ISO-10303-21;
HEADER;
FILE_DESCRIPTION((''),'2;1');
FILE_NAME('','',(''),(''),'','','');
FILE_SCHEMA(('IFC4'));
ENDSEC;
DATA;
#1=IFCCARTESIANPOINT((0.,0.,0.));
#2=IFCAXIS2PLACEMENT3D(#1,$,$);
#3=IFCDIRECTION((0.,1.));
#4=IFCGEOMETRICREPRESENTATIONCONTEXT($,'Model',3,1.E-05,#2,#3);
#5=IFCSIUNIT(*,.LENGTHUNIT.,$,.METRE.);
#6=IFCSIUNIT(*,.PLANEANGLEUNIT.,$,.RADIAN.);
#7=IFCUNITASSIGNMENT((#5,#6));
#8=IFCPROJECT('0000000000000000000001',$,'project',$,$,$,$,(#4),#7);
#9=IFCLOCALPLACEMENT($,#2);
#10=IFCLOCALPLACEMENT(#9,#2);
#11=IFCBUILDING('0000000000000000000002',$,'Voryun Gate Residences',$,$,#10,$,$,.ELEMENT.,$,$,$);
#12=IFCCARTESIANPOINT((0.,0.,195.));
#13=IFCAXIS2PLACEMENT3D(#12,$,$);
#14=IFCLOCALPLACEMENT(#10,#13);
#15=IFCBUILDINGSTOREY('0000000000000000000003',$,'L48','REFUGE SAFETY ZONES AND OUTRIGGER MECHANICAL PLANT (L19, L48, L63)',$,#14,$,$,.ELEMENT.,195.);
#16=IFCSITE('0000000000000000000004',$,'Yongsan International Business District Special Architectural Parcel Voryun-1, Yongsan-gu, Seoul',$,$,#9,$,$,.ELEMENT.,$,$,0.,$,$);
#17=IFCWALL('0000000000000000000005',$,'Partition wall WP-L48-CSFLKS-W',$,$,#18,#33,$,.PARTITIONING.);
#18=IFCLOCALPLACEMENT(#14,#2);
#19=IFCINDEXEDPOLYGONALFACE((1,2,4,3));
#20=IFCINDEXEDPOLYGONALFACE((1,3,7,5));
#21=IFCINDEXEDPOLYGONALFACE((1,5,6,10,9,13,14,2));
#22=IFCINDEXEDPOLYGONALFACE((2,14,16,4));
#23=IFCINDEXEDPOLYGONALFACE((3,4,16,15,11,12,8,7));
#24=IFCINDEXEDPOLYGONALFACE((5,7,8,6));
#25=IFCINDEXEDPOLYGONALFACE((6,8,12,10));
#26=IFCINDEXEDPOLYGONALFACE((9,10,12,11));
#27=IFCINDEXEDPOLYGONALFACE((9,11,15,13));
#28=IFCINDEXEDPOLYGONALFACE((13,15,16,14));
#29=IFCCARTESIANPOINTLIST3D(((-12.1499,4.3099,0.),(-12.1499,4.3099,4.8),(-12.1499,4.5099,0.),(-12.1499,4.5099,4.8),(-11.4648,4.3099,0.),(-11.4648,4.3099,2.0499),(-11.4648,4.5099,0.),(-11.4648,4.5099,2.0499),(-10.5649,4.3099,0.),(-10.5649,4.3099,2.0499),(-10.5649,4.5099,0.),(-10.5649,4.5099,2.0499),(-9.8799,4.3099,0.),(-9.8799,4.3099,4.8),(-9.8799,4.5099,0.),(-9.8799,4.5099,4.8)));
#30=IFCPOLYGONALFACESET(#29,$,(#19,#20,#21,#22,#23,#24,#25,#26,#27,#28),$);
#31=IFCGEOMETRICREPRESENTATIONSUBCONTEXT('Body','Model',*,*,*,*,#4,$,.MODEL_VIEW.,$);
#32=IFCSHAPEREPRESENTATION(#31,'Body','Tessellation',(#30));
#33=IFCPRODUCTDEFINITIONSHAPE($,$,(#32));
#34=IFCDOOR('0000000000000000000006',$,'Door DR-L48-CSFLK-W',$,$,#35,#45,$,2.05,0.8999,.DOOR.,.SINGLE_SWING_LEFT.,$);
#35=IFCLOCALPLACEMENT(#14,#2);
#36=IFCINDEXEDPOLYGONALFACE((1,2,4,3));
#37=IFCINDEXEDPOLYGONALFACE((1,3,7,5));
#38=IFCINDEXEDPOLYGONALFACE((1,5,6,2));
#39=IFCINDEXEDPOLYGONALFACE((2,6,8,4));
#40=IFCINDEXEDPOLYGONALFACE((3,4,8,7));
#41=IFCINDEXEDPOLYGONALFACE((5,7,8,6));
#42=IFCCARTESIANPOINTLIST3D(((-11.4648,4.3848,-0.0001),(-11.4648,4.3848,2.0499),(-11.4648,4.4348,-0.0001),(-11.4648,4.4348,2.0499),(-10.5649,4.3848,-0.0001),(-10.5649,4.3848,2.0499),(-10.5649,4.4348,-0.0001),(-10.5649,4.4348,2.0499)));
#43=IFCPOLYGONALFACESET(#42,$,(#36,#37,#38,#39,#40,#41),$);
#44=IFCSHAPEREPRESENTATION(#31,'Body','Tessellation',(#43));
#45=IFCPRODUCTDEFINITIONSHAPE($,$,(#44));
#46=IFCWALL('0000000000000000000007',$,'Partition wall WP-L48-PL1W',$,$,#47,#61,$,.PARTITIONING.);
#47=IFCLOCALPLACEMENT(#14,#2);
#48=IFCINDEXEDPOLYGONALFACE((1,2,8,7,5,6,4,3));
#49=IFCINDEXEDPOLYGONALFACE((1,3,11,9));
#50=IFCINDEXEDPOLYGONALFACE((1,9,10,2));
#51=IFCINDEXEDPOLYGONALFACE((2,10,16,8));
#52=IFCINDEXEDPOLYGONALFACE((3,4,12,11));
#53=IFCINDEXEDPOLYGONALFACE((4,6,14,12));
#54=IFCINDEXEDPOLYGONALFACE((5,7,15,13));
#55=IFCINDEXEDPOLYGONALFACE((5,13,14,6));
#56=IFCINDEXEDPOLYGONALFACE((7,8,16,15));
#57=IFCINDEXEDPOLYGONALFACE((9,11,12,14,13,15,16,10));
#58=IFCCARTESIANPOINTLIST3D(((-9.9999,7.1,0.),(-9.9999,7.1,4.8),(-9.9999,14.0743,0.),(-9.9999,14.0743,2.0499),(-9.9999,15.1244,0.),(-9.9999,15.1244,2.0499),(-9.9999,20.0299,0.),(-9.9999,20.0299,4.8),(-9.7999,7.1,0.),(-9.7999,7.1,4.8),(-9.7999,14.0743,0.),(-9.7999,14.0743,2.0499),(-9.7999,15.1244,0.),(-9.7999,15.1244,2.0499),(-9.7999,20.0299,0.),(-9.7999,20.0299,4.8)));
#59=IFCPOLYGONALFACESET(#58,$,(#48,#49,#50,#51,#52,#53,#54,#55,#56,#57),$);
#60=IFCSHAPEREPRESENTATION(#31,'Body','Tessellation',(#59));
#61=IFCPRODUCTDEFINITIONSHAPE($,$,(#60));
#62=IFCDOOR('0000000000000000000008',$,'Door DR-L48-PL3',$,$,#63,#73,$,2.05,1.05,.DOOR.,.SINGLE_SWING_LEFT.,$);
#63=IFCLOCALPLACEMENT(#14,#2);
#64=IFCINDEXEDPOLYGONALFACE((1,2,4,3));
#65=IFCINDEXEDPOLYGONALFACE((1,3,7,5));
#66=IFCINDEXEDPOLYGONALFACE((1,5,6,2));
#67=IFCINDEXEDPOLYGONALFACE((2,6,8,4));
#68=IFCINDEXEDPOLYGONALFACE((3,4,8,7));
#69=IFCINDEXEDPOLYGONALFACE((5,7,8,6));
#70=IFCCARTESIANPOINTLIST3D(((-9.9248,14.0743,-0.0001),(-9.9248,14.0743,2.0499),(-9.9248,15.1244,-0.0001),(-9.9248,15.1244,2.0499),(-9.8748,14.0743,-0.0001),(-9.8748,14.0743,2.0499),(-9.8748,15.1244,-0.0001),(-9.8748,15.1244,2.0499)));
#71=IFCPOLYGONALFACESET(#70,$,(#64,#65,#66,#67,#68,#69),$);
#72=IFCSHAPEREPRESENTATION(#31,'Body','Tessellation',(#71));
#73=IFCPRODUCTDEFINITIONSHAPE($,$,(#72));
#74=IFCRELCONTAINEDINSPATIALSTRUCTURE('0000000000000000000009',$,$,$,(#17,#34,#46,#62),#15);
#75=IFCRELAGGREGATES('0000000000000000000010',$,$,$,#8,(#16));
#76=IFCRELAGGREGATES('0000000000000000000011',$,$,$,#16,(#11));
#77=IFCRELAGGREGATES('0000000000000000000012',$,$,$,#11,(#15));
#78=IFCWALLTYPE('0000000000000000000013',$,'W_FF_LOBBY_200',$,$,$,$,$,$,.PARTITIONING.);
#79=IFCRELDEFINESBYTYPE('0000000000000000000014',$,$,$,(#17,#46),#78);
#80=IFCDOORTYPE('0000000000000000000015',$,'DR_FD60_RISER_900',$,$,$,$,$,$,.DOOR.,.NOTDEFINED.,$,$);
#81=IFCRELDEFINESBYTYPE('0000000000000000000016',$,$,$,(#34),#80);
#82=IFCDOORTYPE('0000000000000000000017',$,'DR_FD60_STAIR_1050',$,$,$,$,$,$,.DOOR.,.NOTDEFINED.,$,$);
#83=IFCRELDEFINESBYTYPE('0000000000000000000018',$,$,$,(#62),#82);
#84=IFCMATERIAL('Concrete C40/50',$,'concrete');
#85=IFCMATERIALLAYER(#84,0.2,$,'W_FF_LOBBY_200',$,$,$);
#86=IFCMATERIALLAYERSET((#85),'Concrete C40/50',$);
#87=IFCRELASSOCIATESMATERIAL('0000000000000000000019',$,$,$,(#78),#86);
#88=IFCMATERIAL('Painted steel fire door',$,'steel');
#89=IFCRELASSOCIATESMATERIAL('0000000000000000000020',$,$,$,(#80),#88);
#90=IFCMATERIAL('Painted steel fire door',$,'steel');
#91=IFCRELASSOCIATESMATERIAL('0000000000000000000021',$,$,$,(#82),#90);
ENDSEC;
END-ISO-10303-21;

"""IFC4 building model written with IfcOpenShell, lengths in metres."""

from ifc_helpers import new_model, si_unit, direction, frame, frame_2d, origin, place, context, subcontext, project, spatial, rectangle, extrude, material, layer, layer_set, type_object, element, fill, save


model = new_model("IFC4")

# Units and contexts
model_context = context("Model", 3, precision=1e-05, world=origin(), true_north=direction((0.0, 1.0)))
body_context = subcontext(model_context, "Body", "Model", "MODEL_VIEW")
ifc_project = project(units=[si_unit("LENGTHUNIT", "METRE"), si_unit("PLANEANGLEUNIT", "RADIAN")], contexts=[model_context])

# Site, building, storey
site_placement = place(None, origin())
site = spatial("IfcSite", under=ifc_project, at=site_placement, Name="Yongsan International Business District Special Architectural Parcel Voryun-1, Yongsan-gu, Seoul", CompositionType="ELEMENT", RefElevation=0.0)
building_placement = place(site_placement, origin())
building = spatial("IfcBuilding", under=site, at=building_placement, Name="Voryun Gate Residences", CompositionType="ELEMENT")
storey_placement = place(building_placement, frame((0.0, 0.0, 195.0)))
storey = spatial("IfcBuildingStorey", under=building, at=storey_placement, Name="L48", Description="REFUGE SAFETY ZONES AND OUTRIGGER MECHANICAL PLANT (L19, L48, L63)", CompositionType="ELEMENT", Elevation=195.0)

# Walls, openings, doors
ifc_material_1 = material(Name="Concrete C40/50", Category="concrete")
ifc_layer_1 = layer(ifc_material_1, 0.2, Name="W_FF_LOBBY_200")
ifc_layer_set_1 = layer_set([ifc_layer_1], Name="Concrete C40/50")
wall_type_1 = type_object("IfcWallType", Name="W_FF_LOBBY_200", PredefinedType="PARTITIONING", material=ifc_layer_set_1)
wall_1_placement = place(storey_placement, frame((-12.1499, 4.4099, 0.0), z_axis=(0.0, 0.0, 1.0), x_axis=(1.0, 0.0, 0.0)))
wall_1 = element("IfcWall", 1, at=wall_1_placement, inside=storey, type_object=wall_type_1, Name="Partition wall WP-L48-CSFLKS-W", PredefinedType="PARTITIONING", context=body_context, shape_type="SweptSolid", body=[
    extrude(rectangle(XDim=2.27, YDim=0.2, at=frame_2d((1.135, 0.0))), origin(), (0.0, 0.0, 1.0), 4.8),
])
opening_1_placement = place(wall_1_placement, frame((0.6851, 0.0, 0.0)))
opening_1 = element("IfcOpeningElement", 2, at=opening_1_placement, cuts=wall_1, PredefinedType="OPENING", context=body_context, shape_type="SweptSolid", body=[
    extrude(rectangle(XDim=0.8999, YDim=2.05, at=frame_2d((0.45, 1.0249))), frame((0.0, 0.1101, 0.0), z_axis=(0.0, -1.0, 0.0), x_axis=(1.0, 0.0, 0.0)), (0.0, 0.0, 1.0), 0.22),
])
ifc_material_2 = material(Name="Painted steel fire door", Category="steel")
door_type_1 = type_object("IfcDoorType", Name="DR_FD60_RISER_900", OperationType="NOTDEFINED", PredefinedType="DOOR", material=ifc_material_2)
door_1_placement = place(opening_1_placement, origin())
door_1 = element("IfcDoor", 3, at=door_1_placement, inside=storey, type_object=door_type_1, Name="Door DR-L48-CSFLK-W", OperationType="SINGLE_SWING_LEFT", OverallHeight=2.05, OverallWidth=0.8999, PredefinedType="DOOR", context=body_context, shape_type="SweptSolid", body=[
    extrude(rectangle(XDim=0.8999, YDim=2.05, at=frame_2d((0.45, 1.0249))), frame((0.0, 0.0249, 0.0), z_axis=(0.0, -1.0, 0.0), x_axis=(1.0, 0.0, 0.0)), (0.0, 0.0, 1.0), 0.05),
])
fill(opening_1, door_1)
wall_2_placement = place(storey_placement, frame((-9.8999, 7.1001, 0.0), z_axis=(0.0, 0.0, 1.0), x_axis=(0.0, 1.0, 0.0)))
wall_2 = element("IfcWall", 4, at=wall_2_placement, inside=storey, type_object=wall_type_1, Name="Partition wall WP-L48-PL1W", PredefinedType="PARTITIONING", context=body_context, shape_type="SweptSolid", body=[
    extrude(rectangle(XDim=12.9299, YDim=0.2, at=frame_2d((6.4648, 0.0))), origin(), (0.0, 0.0, 1.0), 4.8),
])
opening_2_placement = place(wall_2_placement, frame((6.9744, 0.0, 0.0)))
opening_2 = element("IfcOpeningElement", 5, at=opening_2_placement, cuts=wall_2, PredefinedType="OPENING", context=body_context, shape_type="SweptSolid", body=[
    extrude(rectangle(XDim=1.05, YDim=2.05, at=frame_2d((0.5249, 1.0249))), frame((0.0, 0.1101, 0.0), z_axis=(0.0, -1.0, 0.0), x_axis=(1.0, 0.0, 0.0)), (0.0, 0.0, 1.0), 0.22),
])
ifc_material_3 = material(Name="Painted steel fire door", Category="steel")
door_type_2 = type_object("IfcDoorType", Name="DR_FD60_STAIR_1050", OperationType="NOTDEFINED", PredefinedType="DOOR", material=ifc_material_3)
door_2_placement = place(opening_2_placement, origin())
door_2 = element("IfcDoor", 6, at=door_2_placement, inside=storey, type_object=door_type_2, Name="Door DR-L48-PL3", OperationType="SINGLE_SWING_LEFT", OverallHeight=2.05, OverallWidth=1.05, PredefinedType="DOOR", context=body_context, shape_type="SweptSolid", body=[
    extrude(rectangle(XDim=1.05, YDim=2.05, at=frame_2d((0.5249, 1.0249))), frame((0.0, 0.0249, 0.0), z_axis=(0.0, -1.0, 0.0), x_axis=(1.0, 0.0, 0.0)), (0.0, 0.0, 1.0), 0.05),
])
fill(opening_2, door_2)

save(model, "model.ifc")
